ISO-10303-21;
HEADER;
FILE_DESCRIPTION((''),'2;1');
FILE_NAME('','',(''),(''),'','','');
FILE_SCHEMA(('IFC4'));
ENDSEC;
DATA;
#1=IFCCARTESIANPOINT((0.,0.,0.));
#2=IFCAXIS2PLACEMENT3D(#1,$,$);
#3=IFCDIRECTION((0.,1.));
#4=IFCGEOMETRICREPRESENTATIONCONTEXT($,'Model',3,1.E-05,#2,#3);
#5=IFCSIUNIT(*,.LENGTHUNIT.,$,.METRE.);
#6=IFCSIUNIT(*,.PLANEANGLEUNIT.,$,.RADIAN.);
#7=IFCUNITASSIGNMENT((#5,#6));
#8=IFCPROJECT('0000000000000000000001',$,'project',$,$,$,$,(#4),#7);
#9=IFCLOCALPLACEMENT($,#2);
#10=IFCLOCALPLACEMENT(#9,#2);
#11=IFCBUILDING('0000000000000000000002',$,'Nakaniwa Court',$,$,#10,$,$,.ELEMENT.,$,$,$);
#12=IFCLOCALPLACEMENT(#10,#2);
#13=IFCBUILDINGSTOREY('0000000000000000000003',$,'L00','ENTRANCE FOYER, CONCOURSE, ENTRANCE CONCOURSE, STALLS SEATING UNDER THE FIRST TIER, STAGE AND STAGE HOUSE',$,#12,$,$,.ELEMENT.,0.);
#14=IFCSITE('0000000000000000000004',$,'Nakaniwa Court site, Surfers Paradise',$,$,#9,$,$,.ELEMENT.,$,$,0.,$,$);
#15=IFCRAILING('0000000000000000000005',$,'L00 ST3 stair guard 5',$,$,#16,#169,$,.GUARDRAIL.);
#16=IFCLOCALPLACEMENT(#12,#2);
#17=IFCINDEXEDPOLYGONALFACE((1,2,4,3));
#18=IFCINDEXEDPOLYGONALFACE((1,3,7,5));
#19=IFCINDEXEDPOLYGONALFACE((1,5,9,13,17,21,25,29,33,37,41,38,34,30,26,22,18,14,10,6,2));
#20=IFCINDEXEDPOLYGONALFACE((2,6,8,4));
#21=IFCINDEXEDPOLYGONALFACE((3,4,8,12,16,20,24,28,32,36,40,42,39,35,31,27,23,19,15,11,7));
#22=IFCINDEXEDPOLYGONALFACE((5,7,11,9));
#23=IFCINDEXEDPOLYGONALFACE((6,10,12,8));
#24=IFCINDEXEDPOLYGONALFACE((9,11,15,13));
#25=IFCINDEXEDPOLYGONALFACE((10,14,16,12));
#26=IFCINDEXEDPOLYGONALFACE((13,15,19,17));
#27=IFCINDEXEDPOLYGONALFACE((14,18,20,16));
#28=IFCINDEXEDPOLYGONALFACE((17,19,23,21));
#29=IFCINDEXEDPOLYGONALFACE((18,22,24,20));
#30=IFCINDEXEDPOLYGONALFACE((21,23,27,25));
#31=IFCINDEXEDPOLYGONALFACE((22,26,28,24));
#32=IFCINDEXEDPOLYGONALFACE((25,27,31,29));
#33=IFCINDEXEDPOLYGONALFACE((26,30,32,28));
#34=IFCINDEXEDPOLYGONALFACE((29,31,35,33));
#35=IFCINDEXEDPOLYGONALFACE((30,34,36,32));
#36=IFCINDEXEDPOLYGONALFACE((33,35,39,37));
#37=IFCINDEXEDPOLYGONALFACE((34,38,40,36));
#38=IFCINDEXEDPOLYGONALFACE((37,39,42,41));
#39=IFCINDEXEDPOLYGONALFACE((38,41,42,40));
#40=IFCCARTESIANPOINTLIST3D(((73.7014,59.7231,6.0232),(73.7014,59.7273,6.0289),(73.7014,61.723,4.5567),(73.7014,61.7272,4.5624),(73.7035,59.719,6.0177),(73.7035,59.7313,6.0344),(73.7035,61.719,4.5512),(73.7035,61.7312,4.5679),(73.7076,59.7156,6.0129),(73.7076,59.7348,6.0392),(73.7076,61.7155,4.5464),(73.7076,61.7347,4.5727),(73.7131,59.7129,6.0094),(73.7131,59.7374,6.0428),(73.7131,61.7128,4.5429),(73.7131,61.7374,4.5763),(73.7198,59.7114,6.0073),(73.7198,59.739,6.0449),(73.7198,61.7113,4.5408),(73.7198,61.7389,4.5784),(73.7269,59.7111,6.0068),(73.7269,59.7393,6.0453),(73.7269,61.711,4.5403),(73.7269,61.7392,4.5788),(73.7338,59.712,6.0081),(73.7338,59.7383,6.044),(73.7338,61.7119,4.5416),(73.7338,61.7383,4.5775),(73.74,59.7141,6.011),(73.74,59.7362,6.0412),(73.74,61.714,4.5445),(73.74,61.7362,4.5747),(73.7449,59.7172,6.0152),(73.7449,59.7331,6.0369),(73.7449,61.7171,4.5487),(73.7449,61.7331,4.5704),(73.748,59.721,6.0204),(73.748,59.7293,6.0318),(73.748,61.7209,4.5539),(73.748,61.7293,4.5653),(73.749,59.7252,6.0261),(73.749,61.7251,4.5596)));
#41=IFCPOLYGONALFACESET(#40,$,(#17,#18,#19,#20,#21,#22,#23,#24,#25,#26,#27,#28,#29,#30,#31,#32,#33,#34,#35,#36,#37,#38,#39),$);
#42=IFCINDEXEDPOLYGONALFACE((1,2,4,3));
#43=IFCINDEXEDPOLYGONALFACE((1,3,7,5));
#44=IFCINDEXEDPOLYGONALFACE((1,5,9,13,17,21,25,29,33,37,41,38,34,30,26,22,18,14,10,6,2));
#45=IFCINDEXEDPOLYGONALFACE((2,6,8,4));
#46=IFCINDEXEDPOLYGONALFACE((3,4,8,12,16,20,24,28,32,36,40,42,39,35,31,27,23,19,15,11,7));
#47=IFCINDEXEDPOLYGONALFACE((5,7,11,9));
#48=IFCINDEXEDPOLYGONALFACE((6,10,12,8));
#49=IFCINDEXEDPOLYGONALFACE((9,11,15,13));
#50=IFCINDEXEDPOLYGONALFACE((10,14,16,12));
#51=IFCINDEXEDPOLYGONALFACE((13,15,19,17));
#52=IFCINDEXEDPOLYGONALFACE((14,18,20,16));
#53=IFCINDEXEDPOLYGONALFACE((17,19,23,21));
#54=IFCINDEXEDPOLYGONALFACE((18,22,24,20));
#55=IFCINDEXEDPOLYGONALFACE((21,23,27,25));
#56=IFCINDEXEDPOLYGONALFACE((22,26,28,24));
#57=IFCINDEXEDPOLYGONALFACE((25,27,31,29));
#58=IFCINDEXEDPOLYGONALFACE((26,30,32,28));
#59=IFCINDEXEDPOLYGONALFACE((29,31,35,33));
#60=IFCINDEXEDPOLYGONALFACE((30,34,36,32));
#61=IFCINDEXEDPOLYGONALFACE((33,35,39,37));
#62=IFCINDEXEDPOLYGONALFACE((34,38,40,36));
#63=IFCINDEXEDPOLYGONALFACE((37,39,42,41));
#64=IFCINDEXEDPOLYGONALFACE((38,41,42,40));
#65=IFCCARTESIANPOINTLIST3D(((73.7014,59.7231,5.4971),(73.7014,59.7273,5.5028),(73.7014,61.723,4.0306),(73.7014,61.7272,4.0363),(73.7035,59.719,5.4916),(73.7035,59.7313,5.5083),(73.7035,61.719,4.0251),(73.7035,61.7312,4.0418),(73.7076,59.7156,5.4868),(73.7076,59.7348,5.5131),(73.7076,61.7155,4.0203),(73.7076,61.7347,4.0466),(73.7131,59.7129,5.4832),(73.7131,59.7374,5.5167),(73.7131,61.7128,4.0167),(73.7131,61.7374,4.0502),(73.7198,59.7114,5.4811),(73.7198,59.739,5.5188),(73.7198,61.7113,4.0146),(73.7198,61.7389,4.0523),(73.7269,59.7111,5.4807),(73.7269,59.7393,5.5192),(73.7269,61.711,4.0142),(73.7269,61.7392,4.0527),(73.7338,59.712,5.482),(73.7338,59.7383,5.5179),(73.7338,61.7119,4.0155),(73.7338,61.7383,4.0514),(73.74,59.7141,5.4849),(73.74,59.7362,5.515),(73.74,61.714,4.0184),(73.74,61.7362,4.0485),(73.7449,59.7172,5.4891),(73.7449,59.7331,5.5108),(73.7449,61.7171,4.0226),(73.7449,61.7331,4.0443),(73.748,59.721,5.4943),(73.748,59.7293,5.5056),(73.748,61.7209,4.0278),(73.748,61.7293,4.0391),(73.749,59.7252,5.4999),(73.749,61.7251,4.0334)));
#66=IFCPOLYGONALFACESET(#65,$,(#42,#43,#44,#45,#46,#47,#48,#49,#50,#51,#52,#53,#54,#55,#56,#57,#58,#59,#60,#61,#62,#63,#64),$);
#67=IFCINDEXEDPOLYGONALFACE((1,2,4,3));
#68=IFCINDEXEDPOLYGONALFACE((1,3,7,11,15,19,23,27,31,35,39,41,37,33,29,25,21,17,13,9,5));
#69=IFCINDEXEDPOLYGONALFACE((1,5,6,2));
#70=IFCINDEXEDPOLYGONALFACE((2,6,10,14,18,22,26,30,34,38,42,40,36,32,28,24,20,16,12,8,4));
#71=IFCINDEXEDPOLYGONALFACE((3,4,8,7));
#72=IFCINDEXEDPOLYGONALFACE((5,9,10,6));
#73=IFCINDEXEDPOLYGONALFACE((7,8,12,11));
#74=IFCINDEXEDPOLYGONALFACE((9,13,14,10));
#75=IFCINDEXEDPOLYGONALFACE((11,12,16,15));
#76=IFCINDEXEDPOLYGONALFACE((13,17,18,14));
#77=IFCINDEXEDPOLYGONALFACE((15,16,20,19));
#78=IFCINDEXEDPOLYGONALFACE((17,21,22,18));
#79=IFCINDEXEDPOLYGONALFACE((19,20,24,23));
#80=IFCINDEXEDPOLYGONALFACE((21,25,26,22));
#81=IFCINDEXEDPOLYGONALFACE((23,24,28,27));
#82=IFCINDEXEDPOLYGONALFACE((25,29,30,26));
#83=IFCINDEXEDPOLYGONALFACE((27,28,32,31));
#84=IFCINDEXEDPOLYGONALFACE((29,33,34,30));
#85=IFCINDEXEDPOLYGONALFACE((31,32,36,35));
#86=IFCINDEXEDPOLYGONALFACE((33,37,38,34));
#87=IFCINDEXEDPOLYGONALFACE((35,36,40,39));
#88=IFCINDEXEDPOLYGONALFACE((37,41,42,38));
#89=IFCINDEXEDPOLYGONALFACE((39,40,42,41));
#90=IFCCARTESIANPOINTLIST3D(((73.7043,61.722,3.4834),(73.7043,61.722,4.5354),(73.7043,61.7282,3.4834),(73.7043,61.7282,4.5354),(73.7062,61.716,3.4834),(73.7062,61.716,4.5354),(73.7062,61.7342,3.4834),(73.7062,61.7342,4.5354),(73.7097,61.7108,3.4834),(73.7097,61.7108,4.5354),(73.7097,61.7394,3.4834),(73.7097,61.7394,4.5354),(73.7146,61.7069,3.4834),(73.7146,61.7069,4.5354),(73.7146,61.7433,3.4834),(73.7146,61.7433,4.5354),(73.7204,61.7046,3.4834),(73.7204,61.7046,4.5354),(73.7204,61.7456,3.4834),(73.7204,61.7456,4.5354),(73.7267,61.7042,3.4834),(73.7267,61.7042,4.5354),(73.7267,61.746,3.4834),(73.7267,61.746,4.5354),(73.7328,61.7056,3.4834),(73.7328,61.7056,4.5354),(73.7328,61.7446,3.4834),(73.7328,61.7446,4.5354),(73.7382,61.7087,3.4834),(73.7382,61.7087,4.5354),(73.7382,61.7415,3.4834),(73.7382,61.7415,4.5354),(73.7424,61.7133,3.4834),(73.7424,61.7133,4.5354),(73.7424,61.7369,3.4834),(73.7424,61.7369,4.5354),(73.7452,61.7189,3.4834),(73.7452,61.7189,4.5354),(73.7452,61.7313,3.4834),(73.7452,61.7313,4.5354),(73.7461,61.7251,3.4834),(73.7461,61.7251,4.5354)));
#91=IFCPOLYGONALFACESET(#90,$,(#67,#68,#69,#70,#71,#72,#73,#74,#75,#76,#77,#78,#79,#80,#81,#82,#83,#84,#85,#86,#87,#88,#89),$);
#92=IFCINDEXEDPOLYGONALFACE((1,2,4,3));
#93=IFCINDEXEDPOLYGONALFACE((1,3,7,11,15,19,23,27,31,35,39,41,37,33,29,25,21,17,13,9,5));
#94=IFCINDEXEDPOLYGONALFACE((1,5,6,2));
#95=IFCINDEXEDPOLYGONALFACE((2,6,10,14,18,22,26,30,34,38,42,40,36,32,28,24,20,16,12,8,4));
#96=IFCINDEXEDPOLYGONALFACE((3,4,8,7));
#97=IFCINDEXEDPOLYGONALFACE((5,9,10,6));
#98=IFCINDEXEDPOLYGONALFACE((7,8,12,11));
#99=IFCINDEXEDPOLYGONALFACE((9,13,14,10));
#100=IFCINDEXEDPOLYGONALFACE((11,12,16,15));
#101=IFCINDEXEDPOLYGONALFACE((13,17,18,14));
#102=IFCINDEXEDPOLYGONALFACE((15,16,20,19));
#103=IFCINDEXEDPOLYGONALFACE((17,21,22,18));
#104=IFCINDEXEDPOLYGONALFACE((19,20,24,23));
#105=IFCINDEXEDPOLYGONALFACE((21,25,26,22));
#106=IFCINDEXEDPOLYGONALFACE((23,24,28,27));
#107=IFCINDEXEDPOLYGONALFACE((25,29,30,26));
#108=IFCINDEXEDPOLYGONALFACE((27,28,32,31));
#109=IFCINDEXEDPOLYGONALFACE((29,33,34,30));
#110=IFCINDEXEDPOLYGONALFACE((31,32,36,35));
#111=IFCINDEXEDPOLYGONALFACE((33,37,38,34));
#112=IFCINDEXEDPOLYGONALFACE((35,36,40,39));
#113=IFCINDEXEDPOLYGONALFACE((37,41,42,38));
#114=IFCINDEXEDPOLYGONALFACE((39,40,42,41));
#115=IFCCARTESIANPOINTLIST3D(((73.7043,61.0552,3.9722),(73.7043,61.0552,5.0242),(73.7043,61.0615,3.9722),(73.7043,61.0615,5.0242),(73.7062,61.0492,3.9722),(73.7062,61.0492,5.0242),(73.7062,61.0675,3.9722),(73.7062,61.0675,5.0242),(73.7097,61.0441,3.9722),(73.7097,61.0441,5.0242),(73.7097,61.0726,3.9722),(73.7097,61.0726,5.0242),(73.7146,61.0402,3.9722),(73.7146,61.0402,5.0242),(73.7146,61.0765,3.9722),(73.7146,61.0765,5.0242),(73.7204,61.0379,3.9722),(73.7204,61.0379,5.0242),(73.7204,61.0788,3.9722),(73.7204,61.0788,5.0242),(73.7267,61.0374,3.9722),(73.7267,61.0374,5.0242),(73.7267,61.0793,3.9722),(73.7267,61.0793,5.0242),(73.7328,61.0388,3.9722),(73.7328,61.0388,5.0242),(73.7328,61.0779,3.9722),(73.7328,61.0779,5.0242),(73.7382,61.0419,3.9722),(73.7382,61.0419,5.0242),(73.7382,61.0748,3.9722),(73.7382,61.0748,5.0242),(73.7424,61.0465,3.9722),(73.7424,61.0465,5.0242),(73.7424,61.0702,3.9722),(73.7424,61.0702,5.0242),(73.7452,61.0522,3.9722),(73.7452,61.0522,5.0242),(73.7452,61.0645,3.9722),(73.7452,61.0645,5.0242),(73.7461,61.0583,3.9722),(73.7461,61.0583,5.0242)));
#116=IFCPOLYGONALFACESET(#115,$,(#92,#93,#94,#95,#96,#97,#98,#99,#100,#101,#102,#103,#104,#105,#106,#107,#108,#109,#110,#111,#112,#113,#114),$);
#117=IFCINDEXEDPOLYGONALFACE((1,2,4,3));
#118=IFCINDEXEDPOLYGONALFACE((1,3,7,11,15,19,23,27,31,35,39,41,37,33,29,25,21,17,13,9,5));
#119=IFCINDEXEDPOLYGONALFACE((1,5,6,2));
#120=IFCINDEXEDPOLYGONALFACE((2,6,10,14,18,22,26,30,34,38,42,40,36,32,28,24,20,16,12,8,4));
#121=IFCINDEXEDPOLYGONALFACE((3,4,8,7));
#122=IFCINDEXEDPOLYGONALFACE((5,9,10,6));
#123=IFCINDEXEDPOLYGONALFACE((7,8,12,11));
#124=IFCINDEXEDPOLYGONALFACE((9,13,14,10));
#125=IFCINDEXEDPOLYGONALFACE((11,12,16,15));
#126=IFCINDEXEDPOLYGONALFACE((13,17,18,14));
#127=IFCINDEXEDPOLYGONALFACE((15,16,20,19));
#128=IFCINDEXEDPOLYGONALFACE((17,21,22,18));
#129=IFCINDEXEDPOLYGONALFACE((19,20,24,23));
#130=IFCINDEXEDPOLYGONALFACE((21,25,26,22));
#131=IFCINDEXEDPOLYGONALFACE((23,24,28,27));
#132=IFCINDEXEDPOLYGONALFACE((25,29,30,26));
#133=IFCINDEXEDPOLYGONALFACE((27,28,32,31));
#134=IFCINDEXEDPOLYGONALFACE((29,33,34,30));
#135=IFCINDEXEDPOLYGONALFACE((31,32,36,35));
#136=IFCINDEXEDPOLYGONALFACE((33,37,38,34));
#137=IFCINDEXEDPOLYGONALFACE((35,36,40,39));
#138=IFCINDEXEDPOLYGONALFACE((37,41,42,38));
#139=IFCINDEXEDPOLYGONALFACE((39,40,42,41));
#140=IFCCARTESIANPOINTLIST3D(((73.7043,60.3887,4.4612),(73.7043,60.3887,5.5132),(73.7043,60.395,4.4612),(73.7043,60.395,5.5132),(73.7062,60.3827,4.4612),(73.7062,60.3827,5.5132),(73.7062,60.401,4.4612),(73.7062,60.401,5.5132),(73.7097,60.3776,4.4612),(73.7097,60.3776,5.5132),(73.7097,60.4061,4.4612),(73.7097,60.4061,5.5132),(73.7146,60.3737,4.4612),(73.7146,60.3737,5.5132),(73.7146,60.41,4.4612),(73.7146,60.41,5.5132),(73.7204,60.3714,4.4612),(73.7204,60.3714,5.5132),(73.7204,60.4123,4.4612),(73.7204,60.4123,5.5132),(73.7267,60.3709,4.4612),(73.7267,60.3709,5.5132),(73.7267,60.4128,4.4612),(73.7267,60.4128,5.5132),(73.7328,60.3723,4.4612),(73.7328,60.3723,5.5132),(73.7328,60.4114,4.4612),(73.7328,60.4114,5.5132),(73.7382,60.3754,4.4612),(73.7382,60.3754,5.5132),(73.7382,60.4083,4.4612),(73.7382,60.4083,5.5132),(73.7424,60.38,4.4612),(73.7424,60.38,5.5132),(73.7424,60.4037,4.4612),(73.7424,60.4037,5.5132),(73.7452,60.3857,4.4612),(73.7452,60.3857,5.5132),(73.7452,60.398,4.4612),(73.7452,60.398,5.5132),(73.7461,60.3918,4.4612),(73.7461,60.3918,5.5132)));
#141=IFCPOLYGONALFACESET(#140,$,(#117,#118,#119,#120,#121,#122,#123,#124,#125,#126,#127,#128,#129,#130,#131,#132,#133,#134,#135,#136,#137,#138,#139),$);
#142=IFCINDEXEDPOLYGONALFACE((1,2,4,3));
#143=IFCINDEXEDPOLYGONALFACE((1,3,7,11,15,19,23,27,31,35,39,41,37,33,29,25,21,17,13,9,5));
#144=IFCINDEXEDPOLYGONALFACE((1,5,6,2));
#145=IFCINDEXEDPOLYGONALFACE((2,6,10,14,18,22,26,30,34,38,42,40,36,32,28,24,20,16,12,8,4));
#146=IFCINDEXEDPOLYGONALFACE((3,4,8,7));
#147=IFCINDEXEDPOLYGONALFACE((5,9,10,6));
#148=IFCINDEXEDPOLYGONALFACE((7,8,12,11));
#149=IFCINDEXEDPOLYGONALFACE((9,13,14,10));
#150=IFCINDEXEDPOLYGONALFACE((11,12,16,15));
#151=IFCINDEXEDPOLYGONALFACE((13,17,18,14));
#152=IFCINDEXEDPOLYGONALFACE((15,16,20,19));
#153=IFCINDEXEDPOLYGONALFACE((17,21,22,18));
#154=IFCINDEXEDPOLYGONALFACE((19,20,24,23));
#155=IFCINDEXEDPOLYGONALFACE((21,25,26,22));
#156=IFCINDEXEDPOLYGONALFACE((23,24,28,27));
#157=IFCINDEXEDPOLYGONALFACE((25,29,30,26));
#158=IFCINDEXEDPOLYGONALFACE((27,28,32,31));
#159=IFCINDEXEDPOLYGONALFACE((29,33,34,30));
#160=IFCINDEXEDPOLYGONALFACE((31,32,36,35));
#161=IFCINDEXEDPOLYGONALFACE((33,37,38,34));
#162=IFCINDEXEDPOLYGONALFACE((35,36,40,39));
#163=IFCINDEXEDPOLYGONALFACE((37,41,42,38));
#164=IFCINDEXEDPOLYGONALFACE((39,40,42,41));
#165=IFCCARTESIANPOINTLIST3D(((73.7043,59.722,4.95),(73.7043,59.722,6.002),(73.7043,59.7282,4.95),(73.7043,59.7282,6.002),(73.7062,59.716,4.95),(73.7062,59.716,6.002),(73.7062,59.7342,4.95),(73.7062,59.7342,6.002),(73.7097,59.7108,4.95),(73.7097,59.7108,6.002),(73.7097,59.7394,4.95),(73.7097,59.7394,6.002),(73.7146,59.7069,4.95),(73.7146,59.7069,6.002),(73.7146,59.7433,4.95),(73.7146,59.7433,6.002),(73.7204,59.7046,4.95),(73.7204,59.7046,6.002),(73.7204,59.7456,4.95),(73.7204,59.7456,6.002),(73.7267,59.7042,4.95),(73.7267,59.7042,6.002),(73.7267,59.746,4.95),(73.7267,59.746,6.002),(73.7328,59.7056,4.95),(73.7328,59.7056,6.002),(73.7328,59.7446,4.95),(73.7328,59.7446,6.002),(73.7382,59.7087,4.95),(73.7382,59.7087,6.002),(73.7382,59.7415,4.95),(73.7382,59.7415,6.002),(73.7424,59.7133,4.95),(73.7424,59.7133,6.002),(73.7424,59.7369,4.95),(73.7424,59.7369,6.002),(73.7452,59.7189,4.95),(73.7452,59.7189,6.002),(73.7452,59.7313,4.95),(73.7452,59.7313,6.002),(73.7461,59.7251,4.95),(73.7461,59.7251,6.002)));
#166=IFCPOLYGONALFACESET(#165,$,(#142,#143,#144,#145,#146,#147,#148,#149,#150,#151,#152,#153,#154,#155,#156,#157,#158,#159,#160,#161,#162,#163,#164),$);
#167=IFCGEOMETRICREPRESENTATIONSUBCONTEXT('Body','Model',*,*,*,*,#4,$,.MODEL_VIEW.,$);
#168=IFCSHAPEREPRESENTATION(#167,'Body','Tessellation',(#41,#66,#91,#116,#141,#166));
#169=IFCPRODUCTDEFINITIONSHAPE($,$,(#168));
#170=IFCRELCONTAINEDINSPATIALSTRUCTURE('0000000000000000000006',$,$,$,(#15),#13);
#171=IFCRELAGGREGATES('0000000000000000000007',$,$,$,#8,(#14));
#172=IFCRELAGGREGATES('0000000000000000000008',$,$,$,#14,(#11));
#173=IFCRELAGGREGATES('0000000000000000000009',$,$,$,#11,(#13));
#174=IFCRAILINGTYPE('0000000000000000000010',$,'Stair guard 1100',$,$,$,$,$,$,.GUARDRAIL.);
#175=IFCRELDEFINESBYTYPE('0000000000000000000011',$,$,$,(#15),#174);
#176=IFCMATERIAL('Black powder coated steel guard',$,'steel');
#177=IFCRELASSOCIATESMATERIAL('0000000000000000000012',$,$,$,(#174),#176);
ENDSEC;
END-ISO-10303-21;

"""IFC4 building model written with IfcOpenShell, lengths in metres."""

from ifc_helpers import new_model, si_unit, direction, frame, origin, origin_2d, place, context, subcontext, project, spatial, circle, extrude, material, type_object, element, save


model = new_model("IFC4")

# Units and contexts
model_context = context("Model", 3, precision=1e-05, world=origin(), true_north=direction((0.0, 1.0)))
body_context = subcontext(model_context, "Body", "Model", "MODEL_VIEW")
ifc_project = project(units=[si_unit("LENGTHUNIT", "METRE"), si_unit("PLANEANGLEUNIT", "RADIAN")], contexts=[model_context])

# Site, building, storey
site_placement = place(None, origin())
site = spatial("IfcSite", under=ifc_project, at=site_placement, Name="Nakaniwa Court site, Surfers Paradise", CompositionType="ELEMENT", RefElevation=0.0)
building_placement = place(site_placement, origin())
building = spatial("IfcBuilding", under=site, at=building_placement, Name="Nakaniwa Court", CompositionType="ELEMENT")
storey_placement = place(building_placement, origin())
storey = spatial("IfcBuildingStorey", under=building, at=storey_placement, Name="L00", Description="ENTRANCE FOYER, CONCOURSE, ENTRANCE CONCOURSE, STALLS SEATING UNDER THE FIRST TIER, STAGE AND STAGE HOUSE", CompositionType="ELEMENT", Elevation=0.0)

# Railing
ifc_material_1 = material(Name="Black powder coated steel guard", Category="steel")
railing_type_1 = type_object("IfcRailingType", Name="Stair guard 1100", PredefinedType="GUARDRAIL", material=ifc_material_1)
railing_1_placement = place(storey_placement, frame((73.7251, 61.7251, 3.4834)))
element("IfcRailing", 1, at=railing_1_placement, inside=storey, type_object=railing_type_1, Name="L00 ST3 stair guard 5", PredefinedType="GUARDRAIL", context=body_context, shape_type="SweptSolid", body=[
    extrude(circle(Radius=0.0239, at=origin_2d()), frame((0.0, 0.0, 1.0762), z_axis=(0.0, -0.806427, 0.591334), x_axis=(1.0, 0.0, 0.0)), (0.0, 0.0, 1.0), 2.48),
    extrude(circle(Radius=0.0239, at=origin_2d()), frame((0.0, 0.0, 0.55), z_axis=(0.0, -0.806427, 0.591334), x_axis=(1.0, 0.0, 0.0)), (0.0, 0.0, 1.0), 2.48),
    extrude(circle(Radius=0.021, at=origin_2d()), origin(), (0.0, 0.0, 1.0), 1.052),
    extrude(circle(Radius=0.021, at=origin_2d()), frame((0.0, -0.6667, 0.4888)), (0.0, 0.0, 1.0), 1.052),
    extrude(circle(Radius=0.021, at=origin_2d()), frame((0.0, -1.3333, 0.9778)), (0.0, 0.0, 1.0), 1.052),
    extrude(circle(Radius=0.021, at=origin_2d()), frame((0.0, -2.0, 1.4666)), (0.0, 0.0, 1.0), 1.052),
])

save(model, "model.ifc")
